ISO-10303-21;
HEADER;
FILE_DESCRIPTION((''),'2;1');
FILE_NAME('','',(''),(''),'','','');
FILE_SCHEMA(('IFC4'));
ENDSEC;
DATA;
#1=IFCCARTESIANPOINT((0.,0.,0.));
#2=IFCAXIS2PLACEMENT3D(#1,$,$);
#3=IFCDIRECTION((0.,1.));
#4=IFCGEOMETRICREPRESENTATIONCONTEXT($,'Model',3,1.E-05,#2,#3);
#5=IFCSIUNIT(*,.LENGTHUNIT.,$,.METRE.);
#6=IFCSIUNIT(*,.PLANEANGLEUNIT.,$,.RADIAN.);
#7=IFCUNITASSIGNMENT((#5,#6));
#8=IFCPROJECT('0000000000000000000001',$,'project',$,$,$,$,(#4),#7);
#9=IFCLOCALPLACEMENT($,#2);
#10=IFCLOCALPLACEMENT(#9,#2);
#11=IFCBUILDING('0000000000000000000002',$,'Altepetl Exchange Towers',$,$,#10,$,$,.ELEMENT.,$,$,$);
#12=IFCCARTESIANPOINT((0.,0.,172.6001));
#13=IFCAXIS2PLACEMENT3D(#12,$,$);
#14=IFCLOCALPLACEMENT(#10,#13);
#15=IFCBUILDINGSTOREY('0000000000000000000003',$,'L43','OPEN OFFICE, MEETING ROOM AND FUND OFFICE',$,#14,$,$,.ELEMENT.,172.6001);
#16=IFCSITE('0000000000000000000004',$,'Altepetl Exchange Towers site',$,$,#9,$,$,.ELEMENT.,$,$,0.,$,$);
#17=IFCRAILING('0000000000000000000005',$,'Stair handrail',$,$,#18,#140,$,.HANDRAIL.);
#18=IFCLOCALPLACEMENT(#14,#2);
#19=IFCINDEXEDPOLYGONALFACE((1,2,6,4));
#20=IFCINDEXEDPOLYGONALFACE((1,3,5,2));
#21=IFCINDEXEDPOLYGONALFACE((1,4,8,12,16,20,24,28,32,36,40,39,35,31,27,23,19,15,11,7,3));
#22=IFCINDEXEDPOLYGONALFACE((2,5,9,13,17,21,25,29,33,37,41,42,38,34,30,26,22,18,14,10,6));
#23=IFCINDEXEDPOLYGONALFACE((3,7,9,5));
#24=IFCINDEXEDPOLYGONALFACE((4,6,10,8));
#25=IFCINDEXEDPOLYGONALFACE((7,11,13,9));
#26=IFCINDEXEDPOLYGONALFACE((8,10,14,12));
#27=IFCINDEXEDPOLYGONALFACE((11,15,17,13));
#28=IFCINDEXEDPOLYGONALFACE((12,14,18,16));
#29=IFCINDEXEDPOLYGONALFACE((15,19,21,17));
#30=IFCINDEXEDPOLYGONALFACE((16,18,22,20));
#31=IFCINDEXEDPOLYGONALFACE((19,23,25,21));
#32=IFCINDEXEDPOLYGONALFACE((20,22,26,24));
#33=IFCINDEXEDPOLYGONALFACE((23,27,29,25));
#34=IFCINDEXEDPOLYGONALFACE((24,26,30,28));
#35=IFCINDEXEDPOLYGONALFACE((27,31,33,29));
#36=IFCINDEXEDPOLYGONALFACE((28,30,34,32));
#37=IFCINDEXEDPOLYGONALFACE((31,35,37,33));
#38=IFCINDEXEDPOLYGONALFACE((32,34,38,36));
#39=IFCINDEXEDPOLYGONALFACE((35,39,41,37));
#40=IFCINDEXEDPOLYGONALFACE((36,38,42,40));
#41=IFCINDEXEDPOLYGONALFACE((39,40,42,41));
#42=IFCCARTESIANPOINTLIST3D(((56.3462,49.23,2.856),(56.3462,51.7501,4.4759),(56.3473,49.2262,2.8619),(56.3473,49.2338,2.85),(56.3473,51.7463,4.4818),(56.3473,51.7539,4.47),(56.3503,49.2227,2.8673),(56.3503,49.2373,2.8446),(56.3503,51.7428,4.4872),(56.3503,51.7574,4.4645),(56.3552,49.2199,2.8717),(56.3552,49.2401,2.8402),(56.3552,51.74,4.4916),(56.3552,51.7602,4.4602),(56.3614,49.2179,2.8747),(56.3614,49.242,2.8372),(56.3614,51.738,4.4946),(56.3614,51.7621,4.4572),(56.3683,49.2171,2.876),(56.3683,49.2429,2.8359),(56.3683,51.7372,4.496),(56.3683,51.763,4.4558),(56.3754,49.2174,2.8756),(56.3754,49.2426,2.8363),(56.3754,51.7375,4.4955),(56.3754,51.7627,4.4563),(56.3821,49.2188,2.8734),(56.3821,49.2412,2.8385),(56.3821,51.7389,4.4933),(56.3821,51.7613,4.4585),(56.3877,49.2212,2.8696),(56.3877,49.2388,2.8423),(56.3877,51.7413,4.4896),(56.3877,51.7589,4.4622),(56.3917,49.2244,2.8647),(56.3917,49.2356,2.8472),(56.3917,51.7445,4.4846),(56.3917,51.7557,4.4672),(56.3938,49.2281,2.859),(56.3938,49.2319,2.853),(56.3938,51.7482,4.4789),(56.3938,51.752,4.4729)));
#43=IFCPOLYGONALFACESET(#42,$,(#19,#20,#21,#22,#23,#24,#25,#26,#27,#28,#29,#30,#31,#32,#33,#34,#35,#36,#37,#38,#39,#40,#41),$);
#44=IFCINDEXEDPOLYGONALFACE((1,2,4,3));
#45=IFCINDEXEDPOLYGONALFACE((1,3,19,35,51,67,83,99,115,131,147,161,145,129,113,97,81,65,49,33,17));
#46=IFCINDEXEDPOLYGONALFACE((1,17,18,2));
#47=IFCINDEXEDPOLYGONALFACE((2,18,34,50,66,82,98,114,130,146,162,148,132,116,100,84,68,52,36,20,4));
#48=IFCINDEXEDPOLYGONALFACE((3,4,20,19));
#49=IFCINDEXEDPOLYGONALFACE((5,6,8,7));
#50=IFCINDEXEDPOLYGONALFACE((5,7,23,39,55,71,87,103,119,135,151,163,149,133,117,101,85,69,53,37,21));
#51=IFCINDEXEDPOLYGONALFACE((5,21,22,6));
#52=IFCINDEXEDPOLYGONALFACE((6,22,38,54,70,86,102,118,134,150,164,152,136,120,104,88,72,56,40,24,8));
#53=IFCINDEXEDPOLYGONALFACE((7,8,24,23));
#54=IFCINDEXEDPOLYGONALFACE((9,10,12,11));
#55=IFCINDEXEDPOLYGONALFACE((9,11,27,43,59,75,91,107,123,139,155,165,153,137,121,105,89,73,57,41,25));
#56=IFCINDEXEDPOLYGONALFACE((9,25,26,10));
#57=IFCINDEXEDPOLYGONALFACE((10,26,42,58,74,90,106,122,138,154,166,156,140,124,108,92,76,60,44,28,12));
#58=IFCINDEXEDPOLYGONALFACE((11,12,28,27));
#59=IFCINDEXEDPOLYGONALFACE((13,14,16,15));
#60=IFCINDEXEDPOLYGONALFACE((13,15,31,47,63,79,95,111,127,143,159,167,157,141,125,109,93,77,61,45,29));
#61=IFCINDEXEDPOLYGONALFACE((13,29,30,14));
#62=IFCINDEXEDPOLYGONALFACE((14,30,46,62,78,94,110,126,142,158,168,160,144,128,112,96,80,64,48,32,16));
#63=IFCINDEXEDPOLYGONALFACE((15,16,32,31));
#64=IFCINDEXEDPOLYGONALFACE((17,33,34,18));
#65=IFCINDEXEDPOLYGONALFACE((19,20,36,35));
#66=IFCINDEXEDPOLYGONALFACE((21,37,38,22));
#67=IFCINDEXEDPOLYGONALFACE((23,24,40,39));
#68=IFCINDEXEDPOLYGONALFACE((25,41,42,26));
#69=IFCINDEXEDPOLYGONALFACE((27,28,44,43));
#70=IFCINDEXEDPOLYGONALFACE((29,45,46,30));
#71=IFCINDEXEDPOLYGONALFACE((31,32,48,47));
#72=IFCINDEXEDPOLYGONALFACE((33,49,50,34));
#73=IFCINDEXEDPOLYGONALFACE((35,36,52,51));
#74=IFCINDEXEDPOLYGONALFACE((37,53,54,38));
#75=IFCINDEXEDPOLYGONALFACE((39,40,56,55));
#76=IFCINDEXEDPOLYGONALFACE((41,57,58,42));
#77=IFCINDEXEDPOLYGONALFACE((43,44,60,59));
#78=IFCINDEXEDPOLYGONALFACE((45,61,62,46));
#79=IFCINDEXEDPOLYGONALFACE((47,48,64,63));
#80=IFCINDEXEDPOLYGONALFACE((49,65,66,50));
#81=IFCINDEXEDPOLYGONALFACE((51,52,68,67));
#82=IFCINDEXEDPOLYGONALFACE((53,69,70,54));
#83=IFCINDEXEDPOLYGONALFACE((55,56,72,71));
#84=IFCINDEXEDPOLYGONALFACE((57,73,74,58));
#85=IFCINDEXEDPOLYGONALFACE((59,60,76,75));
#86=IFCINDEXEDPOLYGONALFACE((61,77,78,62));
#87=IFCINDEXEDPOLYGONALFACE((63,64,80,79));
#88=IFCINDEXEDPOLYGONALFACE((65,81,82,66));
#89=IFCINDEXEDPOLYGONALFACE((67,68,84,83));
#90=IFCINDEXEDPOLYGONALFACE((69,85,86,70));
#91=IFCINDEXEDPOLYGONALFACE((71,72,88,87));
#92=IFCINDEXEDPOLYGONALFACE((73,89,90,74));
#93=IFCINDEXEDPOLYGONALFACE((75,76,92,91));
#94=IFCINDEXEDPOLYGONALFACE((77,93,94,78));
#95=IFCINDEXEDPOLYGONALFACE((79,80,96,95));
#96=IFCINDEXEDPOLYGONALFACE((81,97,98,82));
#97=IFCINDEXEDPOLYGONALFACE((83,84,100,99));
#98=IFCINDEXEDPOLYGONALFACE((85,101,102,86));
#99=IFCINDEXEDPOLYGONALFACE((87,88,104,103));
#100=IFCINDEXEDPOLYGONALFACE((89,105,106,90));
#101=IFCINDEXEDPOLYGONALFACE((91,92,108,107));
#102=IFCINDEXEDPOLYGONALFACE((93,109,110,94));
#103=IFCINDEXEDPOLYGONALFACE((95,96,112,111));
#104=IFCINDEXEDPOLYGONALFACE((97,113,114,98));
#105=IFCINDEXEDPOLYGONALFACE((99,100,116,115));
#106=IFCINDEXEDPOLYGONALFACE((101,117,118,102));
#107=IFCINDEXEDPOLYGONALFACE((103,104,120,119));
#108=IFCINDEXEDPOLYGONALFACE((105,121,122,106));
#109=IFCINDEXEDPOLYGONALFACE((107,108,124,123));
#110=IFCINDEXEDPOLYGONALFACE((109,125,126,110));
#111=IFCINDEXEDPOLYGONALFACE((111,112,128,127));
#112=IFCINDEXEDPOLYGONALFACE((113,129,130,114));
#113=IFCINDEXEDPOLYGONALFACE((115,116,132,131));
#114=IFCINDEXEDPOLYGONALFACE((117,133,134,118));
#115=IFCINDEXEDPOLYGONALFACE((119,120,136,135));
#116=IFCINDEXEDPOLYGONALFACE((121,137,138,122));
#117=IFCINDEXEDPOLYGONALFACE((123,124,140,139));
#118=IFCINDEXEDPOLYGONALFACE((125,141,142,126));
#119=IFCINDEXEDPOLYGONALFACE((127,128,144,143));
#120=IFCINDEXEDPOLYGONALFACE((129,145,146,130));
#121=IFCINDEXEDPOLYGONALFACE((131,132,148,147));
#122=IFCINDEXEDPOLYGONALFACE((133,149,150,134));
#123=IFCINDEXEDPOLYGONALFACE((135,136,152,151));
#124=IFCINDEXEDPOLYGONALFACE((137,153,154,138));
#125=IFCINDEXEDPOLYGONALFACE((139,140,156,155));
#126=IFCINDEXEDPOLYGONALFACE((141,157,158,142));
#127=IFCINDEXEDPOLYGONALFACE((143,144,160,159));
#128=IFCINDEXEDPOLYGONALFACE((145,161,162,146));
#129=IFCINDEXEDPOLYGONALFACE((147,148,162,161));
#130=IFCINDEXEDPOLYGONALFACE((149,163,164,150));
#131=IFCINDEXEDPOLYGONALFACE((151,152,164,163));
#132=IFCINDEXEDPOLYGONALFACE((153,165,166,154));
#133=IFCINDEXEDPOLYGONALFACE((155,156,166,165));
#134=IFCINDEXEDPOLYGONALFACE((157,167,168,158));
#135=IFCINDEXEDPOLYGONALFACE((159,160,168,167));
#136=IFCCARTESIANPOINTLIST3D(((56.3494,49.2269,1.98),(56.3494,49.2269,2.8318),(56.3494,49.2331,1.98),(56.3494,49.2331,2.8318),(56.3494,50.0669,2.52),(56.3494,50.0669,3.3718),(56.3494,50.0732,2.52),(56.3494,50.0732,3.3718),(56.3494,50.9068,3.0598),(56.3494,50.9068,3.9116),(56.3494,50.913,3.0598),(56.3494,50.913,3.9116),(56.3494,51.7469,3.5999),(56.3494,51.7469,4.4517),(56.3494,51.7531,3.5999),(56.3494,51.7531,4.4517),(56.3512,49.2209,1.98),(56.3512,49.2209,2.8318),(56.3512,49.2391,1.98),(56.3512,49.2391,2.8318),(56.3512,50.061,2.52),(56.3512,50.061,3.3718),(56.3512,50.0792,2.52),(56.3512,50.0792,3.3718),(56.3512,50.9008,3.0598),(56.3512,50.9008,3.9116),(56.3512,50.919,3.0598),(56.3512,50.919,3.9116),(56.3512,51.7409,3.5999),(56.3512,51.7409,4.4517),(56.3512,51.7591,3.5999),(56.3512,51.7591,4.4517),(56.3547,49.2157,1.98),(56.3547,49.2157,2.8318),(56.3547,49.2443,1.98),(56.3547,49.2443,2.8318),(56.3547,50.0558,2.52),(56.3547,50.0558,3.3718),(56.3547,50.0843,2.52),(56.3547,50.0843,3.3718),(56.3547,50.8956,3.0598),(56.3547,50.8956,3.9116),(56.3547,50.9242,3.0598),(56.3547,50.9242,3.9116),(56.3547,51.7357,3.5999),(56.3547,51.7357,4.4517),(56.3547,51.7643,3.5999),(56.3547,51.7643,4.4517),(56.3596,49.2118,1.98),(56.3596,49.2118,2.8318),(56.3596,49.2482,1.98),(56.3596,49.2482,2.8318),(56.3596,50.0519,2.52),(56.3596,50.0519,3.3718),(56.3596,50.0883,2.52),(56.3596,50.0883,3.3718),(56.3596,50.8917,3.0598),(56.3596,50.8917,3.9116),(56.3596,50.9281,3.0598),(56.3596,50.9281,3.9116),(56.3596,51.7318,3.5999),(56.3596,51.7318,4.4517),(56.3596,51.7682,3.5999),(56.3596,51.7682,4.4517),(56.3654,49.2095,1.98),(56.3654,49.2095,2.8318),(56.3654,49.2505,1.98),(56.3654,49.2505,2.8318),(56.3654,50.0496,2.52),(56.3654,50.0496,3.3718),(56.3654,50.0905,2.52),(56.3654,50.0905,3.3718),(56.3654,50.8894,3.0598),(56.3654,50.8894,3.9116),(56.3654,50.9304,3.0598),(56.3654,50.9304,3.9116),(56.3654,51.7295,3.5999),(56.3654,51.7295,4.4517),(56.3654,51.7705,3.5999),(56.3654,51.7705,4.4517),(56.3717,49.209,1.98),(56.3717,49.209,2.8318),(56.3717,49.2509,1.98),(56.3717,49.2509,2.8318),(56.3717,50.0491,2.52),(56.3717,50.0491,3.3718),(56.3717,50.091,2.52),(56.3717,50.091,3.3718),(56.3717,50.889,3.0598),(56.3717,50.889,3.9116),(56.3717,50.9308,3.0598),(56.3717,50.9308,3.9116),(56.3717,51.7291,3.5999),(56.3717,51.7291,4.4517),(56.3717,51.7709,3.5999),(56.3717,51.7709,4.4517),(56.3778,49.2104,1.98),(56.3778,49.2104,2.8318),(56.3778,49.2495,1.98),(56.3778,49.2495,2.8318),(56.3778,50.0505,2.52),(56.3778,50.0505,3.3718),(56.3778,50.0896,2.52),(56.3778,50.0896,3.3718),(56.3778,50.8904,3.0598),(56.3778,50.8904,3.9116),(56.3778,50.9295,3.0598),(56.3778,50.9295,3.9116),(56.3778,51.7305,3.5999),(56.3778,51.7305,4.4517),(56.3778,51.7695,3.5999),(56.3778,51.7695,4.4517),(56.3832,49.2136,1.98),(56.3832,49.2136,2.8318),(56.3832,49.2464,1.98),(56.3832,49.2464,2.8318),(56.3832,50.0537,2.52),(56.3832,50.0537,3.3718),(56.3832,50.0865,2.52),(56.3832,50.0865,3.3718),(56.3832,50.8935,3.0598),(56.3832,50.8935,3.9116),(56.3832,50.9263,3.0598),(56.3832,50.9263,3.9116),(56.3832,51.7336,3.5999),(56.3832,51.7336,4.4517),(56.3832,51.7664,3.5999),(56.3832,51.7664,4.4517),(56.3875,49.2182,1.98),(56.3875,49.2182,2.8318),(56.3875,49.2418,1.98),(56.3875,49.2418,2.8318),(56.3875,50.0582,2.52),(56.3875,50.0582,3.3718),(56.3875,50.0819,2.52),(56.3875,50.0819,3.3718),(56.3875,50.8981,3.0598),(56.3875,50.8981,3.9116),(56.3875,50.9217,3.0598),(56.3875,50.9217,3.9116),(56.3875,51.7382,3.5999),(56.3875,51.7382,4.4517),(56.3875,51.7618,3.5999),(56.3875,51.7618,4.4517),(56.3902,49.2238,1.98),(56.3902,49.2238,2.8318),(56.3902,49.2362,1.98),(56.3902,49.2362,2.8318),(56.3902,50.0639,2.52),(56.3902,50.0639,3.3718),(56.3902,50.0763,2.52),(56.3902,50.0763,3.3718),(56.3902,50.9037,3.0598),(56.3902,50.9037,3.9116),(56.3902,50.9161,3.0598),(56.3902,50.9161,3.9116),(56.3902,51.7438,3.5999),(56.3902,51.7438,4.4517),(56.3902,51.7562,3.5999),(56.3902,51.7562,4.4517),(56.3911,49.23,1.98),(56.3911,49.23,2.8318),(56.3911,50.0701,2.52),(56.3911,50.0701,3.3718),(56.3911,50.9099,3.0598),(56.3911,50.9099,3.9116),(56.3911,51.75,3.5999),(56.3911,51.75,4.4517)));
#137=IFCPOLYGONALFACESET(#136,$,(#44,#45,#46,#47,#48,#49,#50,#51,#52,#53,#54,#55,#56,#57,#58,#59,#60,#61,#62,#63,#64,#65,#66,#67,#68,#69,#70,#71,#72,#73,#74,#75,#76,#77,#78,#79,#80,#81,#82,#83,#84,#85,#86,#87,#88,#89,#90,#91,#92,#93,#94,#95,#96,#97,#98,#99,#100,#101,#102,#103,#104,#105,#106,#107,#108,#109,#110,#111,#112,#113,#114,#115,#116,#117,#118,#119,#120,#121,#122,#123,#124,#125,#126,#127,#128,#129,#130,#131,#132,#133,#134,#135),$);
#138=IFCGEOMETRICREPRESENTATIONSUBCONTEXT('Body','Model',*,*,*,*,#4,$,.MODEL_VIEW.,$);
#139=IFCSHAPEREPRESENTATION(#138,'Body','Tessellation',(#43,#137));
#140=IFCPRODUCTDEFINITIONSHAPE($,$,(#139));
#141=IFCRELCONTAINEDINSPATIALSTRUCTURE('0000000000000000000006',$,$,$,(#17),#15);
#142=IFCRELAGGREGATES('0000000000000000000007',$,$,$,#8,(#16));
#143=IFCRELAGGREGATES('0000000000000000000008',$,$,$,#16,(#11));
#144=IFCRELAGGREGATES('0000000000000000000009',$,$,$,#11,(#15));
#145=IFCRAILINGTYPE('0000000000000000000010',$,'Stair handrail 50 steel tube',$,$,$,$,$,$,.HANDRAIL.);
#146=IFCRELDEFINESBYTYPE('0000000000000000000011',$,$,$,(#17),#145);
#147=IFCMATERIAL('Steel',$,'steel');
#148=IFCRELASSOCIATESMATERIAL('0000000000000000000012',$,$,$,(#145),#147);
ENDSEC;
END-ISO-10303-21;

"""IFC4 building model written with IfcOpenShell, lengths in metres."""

from ifc_helpers import new_model, si_unit, direction, frame, origin, origin_2d, place, context, subcontext, project, spatial, circle, extrude, source, transform, mapped, material, type_object, element, save


model = new_model("IFC4")

# Units and contexts
model_context = context("Model", 3, precision=1e-05, world=origin(), true_north=direction((0.0, 1.0)))
body_context = subcontext(model_context, "Body", "Model", "MODEL_VIEW")
ifc_project = project(units=[si_unit("LENGTHUNIT", "METRE"), si_unit("PLANEANGLEUNIT", "RADIAN")], contexts=[model_context])

# Site, building, storey
site_placement = place(None, origin())
site = spatial("IfcSite", under=ifc_project, at=site_placement, Name="Altepetl Exchange Towers site", CompositionType="ELEMENT", RefElevation=0.0)
building_placement = place(site_placement, origin())
building = spatial("IfcBuilding", under=site, at=building_placement, Name="Altepetl Exchange Towers", CompositionType="ELEMENT")
storey_placement = place(building_placement, frame((0.0, 0.0, 172.6001)))
storey = spatial("IfcBuildingStorey", under=building, at=storey_placement, Name="L43", Description="OPEN OFFICE, MEETING ROOM AND FUND OFFICE", CompositionType="ELEMENT", Elevation=172.6001)

# Railing
ifc_material_1 = material(Name="Steel", Category="steel")
railing_type = type_object("IfcRailingType", Name="Stair handrail 50 steel tube", PredefinedType="HANDRAIL", material=ifc_material_1)
shared_shape = source(origin(), body_context, "Body", "SweptSolid", [
    extrude(circle(Radius=0.021, at=origin_2d()), origin(), (0.0, 0.0, 1.0), 0.8518),
])
railing_1_placement = place(storey_placement, frame((56.3701, 49.23, 1.98)))
element("IfcRailing", 1, at=railing_1_placement, inside=storey, type_object=railing_type, Name="Stair handrail", PredefinedType="HANDRAIL", context=body_context, shape_type="SweptSolid", body=[
    extrude(circle(Radius=0.0239, at=origin_2d()), frame((0.0, 0.0, 0.876), z_axis=(0.0, 0.8412, 0.540725), x_axis=(-1.0, 0.0, 0.0)), (0.0, 0.0, 1.0), 2.9958),
    mapped(shared_shape, transform((0.0, 0.0, 0.0))),
    mapped(shared_shape, transform((0.0, 0.8401, 0.54))),
    mapped(shared_shape, transform((0.0, 1.6799, 1.0798))),
    mapped(shared_shape, transform((0.0, 2.52, 1.6199))),
])

save(model, "model.ifc")
